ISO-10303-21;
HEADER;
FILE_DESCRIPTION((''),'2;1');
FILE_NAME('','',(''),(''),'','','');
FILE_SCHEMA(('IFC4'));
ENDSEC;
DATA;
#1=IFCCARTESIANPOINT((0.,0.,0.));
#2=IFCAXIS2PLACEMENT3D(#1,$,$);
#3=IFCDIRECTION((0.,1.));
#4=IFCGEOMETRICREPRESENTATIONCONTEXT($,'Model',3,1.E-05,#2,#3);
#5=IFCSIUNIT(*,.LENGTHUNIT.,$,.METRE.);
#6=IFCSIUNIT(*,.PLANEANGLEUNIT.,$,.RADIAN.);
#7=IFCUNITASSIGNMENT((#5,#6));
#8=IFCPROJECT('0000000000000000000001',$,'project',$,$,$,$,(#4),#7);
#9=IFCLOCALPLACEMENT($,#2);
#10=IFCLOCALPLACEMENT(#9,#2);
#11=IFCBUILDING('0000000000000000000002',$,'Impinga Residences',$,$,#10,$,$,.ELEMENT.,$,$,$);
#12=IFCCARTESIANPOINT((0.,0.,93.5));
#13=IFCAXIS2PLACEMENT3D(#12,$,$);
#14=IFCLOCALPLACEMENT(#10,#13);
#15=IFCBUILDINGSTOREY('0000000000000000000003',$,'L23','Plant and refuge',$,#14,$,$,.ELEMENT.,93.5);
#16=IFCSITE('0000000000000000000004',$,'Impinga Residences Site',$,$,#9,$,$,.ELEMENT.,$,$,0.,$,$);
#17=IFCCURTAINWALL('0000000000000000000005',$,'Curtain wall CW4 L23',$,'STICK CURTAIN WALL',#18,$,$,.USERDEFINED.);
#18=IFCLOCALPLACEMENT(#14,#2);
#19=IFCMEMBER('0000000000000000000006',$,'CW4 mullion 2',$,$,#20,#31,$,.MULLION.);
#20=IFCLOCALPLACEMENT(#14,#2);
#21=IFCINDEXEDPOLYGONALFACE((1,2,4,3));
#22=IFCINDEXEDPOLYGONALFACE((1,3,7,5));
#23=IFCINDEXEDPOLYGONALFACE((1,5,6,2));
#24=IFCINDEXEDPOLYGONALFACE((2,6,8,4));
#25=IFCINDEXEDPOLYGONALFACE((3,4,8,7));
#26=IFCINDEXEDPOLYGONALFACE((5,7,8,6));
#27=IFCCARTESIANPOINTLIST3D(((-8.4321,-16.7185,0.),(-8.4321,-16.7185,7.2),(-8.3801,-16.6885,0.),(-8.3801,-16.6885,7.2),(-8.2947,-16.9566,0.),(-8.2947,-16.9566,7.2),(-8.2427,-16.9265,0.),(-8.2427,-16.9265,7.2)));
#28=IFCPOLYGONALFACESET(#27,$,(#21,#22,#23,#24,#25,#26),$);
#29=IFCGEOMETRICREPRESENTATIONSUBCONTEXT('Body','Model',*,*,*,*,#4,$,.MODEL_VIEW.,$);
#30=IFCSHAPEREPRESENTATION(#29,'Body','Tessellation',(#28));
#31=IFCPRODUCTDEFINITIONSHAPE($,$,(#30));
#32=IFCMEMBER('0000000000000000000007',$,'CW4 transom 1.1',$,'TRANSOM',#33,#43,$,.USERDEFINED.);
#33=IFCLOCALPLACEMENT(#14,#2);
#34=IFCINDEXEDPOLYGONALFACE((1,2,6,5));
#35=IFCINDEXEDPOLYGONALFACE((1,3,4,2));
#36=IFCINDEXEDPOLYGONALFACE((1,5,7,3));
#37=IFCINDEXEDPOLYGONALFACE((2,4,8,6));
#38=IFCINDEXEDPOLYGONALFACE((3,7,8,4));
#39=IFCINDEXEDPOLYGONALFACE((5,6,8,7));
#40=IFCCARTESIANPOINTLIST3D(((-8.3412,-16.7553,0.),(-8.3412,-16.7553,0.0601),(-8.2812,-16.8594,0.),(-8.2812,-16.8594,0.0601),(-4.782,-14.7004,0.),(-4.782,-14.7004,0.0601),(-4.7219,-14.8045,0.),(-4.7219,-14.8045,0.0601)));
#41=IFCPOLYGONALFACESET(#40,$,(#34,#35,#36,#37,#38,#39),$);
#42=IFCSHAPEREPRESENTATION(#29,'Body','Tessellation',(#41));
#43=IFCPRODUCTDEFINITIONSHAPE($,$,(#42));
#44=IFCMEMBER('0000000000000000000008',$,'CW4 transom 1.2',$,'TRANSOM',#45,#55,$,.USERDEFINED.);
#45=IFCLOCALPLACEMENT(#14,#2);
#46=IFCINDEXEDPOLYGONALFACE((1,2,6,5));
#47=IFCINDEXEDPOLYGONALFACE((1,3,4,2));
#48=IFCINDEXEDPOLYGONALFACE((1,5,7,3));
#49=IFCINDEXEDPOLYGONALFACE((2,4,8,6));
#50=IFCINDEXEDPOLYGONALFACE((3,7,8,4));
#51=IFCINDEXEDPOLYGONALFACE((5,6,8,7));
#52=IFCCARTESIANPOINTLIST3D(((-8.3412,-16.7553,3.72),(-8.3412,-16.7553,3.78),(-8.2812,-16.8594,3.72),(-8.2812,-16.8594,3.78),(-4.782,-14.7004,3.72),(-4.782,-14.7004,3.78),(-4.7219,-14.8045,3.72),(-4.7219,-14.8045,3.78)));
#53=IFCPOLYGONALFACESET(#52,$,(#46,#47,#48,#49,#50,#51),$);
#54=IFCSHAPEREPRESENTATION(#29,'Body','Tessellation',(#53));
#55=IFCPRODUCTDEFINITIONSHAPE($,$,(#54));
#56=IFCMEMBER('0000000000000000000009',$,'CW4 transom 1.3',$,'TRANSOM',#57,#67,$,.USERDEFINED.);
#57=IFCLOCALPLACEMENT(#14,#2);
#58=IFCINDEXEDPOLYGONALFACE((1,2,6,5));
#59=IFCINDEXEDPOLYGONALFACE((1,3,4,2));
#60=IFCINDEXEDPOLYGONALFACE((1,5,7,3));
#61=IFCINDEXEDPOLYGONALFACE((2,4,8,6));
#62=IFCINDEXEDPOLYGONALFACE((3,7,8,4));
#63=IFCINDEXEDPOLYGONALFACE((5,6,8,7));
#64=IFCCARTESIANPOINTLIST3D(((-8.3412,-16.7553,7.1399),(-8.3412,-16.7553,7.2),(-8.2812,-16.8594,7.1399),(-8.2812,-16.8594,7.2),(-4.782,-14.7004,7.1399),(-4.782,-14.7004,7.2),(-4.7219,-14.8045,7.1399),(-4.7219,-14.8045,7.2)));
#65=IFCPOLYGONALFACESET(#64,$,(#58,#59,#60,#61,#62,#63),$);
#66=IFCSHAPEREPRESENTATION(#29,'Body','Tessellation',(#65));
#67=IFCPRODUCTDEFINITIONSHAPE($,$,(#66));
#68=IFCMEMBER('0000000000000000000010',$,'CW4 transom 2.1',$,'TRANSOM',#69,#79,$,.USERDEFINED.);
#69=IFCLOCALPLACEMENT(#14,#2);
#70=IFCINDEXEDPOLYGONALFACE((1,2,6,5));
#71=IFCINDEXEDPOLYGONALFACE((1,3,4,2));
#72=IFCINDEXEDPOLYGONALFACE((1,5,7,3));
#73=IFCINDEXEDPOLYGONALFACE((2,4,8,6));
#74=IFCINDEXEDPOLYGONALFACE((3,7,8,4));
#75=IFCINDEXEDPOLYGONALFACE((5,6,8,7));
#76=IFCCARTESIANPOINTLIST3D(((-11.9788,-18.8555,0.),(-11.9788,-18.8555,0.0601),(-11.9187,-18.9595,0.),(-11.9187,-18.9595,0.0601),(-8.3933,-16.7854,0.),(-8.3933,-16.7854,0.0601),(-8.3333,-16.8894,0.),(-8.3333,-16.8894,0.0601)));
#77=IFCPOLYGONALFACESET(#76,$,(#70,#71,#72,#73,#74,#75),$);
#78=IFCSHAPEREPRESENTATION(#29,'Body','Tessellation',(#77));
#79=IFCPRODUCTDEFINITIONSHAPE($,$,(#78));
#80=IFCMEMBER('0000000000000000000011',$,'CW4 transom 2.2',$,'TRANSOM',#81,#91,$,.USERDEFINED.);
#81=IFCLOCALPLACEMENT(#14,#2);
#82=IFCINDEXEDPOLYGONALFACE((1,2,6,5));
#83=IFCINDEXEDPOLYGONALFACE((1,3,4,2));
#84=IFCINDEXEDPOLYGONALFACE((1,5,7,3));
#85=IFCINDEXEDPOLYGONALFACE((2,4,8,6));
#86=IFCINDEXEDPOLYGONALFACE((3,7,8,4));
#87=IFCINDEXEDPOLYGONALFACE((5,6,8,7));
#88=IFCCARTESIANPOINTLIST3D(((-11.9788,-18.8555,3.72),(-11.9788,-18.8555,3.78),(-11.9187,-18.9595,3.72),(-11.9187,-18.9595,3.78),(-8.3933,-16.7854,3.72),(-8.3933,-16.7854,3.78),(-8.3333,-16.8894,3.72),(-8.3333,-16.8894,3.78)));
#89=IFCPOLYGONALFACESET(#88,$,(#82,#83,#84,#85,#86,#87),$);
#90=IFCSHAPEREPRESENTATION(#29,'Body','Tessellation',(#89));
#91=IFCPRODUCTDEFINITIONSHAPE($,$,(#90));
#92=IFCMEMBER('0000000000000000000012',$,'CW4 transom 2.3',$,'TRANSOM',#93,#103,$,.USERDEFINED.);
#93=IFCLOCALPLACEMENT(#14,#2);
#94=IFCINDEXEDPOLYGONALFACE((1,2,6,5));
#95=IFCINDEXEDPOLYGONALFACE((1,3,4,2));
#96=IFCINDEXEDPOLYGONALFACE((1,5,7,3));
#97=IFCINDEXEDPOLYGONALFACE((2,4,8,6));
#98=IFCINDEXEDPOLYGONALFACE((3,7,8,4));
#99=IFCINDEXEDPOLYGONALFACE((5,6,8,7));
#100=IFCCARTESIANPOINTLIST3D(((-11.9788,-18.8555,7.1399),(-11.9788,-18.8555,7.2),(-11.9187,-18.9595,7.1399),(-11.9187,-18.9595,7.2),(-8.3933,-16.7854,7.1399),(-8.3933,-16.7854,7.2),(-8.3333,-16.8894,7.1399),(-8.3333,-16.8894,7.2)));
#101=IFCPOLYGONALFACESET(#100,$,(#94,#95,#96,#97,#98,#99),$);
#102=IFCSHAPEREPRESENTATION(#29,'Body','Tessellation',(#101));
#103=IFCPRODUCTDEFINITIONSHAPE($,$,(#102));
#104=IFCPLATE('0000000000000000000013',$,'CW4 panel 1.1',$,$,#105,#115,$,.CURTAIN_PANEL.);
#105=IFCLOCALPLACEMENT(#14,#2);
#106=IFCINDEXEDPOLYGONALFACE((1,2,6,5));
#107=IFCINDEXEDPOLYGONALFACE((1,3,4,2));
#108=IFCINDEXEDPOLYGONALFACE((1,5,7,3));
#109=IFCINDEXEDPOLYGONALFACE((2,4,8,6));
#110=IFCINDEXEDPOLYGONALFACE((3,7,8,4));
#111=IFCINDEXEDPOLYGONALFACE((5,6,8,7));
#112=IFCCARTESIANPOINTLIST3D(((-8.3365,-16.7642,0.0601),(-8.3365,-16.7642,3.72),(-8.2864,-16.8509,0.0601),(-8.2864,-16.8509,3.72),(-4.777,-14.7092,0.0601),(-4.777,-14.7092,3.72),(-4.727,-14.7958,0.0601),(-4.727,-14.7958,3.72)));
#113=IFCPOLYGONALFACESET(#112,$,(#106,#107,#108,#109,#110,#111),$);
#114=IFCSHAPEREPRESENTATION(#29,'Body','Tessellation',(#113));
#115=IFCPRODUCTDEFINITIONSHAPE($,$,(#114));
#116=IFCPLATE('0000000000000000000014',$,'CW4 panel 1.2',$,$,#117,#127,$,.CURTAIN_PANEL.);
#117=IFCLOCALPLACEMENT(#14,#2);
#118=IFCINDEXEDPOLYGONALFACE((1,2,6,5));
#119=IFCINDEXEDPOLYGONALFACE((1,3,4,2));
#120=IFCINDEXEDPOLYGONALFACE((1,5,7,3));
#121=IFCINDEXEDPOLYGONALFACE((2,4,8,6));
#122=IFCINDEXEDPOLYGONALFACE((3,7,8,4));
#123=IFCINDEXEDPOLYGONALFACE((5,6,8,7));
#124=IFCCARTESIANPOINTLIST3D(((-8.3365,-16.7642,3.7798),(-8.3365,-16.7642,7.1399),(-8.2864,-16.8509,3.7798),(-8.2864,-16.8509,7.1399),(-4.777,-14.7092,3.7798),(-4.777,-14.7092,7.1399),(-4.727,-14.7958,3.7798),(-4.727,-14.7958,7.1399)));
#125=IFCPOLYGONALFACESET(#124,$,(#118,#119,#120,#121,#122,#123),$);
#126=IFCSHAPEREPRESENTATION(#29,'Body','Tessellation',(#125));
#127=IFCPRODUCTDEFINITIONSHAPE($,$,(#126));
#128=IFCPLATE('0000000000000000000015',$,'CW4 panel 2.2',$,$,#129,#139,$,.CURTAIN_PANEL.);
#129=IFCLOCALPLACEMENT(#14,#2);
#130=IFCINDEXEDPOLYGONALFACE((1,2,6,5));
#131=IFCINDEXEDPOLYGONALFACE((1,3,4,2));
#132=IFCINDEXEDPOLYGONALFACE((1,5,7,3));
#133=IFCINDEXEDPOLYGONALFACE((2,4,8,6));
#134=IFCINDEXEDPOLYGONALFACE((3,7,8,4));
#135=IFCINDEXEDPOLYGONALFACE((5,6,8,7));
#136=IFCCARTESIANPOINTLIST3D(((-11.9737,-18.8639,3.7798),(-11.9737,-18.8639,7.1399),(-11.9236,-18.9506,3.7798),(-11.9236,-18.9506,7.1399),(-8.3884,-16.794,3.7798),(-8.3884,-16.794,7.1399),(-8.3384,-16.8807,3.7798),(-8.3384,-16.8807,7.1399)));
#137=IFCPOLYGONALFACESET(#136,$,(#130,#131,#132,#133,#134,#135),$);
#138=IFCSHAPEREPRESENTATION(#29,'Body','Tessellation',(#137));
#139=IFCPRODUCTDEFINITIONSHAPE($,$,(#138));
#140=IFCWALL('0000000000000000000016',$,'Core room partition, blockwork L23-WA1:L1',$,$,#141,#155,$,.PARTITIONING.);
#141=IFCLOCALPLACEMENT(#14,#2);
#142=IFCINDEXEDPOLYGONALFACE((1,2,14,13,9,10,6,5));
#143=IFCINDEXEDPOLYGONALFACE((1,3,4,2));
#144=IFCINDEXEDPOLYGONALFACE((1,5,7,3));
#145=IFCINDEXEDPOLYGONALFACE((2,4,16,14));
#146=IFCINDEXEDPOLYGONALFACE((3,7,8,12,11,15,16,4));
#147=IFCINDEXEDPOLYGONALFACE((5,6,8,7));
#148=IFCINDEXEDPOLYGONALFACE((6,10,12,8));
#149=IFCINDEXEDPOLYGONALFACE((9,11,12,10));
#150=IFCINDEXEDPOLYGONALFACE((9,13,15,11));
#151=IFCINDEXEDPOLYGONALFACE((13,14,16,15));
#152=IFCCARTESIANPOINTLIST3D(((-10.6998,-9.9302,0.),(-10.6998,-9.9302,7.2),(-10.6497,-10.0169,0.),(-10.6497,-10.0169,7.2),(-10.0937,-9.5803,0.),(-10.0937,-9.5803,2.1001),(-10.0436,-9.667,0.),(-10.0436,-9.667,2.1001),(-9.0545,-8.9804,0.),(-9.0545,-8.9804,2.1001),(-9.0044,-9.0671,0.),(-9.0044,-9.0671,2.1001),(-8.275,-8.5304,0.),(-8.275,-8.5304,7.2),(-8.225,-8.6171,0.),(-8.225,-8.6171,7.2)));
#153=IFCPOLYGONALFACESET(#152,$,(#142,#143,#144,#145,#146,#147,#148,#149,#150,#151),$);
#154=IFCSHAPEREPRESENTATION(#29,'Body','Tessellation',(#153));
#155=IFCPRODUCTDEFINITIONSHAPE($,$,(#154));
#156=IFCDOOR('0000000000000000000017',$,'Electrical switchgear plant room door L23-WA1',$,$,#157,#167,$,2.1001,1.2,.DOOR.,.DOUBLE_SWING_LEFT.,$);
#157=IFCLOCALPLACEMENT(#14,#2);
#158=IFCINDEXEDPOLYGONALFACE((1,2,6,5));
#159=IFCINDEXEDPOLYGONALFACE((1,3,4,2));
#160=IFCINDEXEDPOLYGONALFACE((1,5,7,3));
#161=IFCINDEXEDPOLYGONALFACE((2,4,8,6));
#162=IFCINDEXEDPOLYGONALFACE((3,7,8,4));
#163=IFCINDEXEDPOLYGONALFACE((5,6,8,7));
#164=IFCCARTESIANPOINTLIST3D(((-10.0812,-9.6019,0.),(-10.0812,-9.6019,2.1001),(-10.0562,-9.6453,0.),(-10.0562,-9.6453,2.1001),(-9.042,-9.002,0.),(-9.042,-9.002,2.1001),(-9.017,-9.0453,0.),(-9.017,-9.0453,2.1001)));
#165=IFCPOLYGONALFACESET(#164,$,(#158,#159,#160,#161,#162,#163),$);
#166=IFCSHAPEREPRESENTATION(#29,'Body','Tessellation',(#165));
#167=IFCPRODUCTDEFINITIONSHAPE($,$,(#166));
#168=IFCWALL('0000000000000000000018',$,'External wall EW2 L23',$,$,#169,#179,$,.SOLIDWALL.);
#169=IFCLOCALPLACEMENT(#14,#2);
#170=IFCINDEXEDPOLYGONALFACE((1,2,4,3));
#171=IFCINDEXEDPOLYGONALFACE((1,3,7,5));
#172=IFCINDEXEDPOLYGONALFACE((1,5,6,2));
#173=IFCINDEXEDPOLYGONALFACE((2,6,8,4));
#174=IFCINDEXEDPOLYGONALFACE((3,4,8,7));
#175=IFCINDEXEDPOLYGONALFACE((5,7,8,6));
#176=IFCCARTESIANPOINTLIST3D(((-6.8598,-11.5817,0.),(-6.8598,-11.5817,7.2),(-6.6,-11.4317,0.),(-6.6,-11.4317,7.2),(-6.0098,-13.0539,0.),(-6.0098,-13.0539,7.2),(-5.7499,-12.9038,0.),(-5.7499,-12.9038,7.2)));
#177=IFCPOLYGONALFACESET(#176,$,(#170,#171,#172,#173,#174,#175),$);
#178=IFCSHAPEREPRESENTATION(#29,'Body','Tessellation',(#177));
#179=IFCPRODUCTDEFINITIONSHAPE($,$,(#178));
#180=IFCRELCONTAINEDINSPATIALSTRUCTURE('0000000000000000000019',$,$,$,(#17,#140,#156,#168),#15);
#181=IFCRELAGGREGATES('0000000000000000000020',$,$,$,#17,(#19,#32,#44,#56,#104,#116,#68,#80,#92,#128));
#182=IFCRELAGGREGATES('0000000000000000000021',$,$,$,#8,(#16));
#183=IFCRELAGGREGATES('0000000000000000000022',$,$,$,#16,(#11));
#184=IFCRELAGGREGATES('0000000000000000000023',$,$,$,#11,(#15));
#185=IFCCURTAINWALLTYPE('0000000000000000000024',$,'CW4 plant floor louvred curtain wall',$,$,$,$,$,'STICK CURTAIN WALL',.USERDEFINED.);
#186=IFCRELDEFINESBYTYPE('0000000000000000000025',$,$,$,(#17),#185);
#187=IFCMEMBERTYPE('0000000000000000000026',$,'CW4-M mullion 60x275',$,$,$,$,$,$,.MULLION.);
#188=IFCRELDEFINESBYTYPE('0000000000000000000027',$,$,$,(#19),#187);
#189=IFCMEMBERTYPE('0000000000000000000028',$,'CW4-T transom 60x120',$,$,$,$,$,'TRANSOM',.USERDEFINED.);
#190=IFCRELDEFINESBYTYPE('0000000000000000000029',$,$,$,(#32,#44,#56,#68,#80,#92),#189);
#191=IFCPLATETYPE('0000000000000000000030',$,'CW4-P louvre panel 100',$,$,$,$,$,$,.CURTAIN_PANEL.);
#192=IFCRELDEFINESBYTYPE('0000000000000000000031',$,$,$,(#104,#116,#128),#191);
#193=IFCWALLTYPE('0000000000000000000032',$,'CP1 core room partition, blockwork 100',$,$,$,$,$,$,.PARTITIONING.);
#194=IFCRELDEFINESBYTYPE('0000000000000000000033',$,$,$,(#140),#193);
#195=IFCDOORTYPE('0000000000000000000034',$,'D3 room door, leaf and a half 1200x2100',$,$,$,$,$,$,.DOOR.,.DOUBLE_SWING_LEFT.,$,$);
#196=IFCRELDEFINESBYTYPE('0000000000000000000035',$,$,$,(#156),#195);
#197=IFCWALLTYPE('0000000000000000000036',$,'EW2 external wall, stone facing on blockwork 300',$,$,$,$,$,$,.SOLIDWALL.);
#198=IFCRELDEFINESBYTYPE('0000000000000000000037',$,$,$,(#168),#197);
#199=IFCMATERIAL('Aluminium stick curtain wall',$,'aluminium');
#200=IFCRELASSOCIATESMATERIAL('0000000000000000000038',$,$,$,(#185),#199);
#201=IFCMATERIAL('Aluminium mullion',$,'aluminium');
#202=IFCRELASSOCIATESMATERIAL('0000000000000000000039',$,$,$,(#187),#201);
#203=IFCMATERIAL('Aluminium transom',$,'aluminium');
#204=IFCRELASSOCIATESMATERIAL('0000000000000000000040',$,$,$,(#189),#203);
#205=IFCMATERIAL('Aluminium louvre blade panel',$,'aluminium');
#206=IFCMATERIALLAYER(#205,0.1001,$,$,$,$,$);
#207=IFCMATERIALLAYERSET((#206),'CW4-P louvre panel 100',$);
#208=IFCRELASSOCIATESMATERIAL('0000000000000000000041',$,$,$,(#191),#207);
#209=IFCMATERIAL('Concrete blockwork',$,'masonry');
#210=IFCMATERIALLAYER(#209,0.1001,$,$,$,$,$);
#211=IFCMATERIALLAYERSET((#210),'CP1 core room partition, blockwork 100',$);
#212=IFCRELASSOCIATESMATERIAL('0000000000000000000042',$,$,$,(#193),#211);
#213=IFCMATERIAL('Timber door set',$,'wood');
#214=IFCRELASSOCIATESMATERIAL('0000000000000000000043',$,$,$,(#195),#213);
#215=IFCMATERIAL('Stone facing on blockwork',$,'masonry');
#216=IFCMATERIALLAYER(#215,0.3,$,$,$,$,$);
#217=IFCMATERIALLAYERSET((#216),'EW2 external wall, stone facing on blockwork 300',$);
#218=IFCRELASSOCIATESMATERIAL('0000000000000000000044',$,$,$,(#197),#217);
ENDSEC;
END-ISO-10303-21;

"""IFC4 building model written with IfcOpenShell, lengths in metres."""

from ifc_helpers import new_model, si_unit, direction, frame, frame_2d, origin, origin_2d, place, context, subcontext, project, spatial, rectangle, extrude, material, layer, layer_set, material_profile, profile_set, type_object, element, fill, aggregate, save


model = new_model("IFC4")

# Units and contexts
model_context = context("Model", 3, precision=1e-05, world=origin(), true_north=direction((0.0, 1.0)))
body_context = subcontext(model_context, "Body", "Model", "MODEL_VIEW")
ifc_project = project(units=[si_unit("LENGTHUNIT", "METRE"), si_unit("PLANEANGLEUNIT", "RADIAN")], contexts=[model_context])

# Site, building, storey
site_placement = place(None, origin())
site = spatial("IfcSite", under=ifc_project, at=site_placement, Name="Impinga Residences Site", CompositionType="ELEMENT", RefElevation=0.0)
building_placement = place(site_placement, origin())
building = spatial("IfcBuilding", under=site, at=building_placement, Name="Impinga Residences", CompositionType="ELEMENT")
storey_placement = place(building_placement, frame((0.0, 0.0, 93.5)))
storey = spatial("IfcBuildingStorey", under=building, at=storey_placement, Name="L23", Description="Plant and refuge", CompositionType="ELEMENT", Elevation=93.5)

# Curtain wall, members, plates
ifc_material_1 = material(Name="Aluminium stick curtain wall", Category="aluminium")
curtain_wall_type = type_object("IfcCurtainWallType", Name="CW4 plant floor louvred curtain wall", ElementType="STICK CURTAIN WALL", PredefinedType="USERDEFINED", material=ifc_material_1)
curtain_wall_placement = place(storey_placement, origin())
curtain_wall = element("IfcCurtainWall", 1, at=curtain_wall_placement, inside=storey, type_object=curtain_wall_type, Name="Curtain wall CW4 L23", ObjectType="STICK CURTAIN WALL", PredefinedType="USERDEFINED")
ifc_material_2 = material(Name="Aluminium mullion", Category="aluminium")
ifc_material_profile_1 = material_profile(ifc_material_2, rectangle(XDim=0.0601, YDim=0.2749, at=origin_2d()), Name="60x275 mullion")
ifc_profile_set_1 = profile_set([ifc_material_profile_1], Name="Aluminium mullion")
member_type_1 = type_object("IfcMemberType", Name="CW4-M mullion 60x275", PredefinedType="MULLION", material=ifc_profile_set_1)
member_1_placement = place(storey_placement, frame((-8.3374, -16.8225, 0.0), z_axis=(0.0, 0.0, 1.0), x_axis=(-0.866025, -0.5, 0.0)))
member_1 = element("IfcMember", 2, at=member_1_placement, type_object=member_type_1, Name="CW4 mullion 2", PredefinedType="MULLION", context=body_context, shape_type="SweptSolid", body=[
    extrude(rectangle(XDim=0.0601, YDim=0.2749, at=origin_2d()), origin(), (0.0, 0.0, 1.0), 7.2),
])
ifc_material_3 = material(Name="Aluminium transom", Category="aluminium")
ifc_material_profile_2 = material_profile(ifc_material_3, rectangle(XDim=0.0601, YDim=0.1201, at=origin_2d()), Name="60x120 transom")
ifc_profile_set_2 = profile_set([ifc_material_profile_2], Name="Aluminium transom")
member_type_2 = type_object("IfcMemberType", Name="CW4-T transom 60x120", ElementType="TRANSOM", PredefinedType="USERDEFINED", material=ifc_profile_set_2)
member_2_placement = place(storey_placement, frame((-4.752, -14.7524, 0.03), z_axis=(-0.86603, -0.499992, 0.0), x_axis=(0.0, 0.0, 1.0)))
member_2 = element("IfcMember", 3, at=member_2_placement, type_object=member_type_2, Name="CW4 transom 1.1", ObjectType="TRANSOM", PredefinedType="USERDEFINED", context=body_context, shape_type="SweptSolid", body=[
    extrude(rectangle(XDim=0.0601, YDim=0.1201, at=origin_2d()), origin(), (0.0, 0.0, 1.0), 4.1099),
])
member_3_placement = place(storey_placement, frame((-4.752, -14.7524, 3.75), z_axis=(-0.86603, -0.499992, 0.0), x_axis=(0.0, 0.0, 1.0)))
member_3 = element("IfcMember", 4, at=member_3_placement, type_object=member_type_2, Name="CW4 transom 1.2", ObjectType="TRANSOM", PredefinedType="USERDEFINED", context=body_context, shape_type="SweptSolid", body=[
    extrude(rectangle(XDim=0.0601, YDim=0.1201, at=origin_2d()), origin(), (0.0, 0.0, 1.0), 4.1099),
])
member_4_placement = place(storey_placement, frame((-4.752, -14.7524, 7.1699), z_axis=(-0.86603, -0.499992, 0.0), x_axis=(0.0, 0.0, 1.0)))
member_4 = element("IfcMember", 5, at=member_4_placement, type_object=member_type_2, Name="CW4 transom 1.3", ObjectType="TRANSOM", PredefinedType="USERDEFINED", context=body_context, shape_type="SweptSolid", body=[
    extrude(rectangle(XDim=0.0601, YDim=0.1201, at=origin_2d()), origin(), (0.0, 0.0, 1.0), 4.1099),
])
member_5_placement = place(storey_placement, frame((-8.3633, -16.8374, 0.03), z_axis=(-0.866025, -0.500002, 0.0), x_axis=(0.0, 0.0, 1.0)))
member_5 = element("IfcMember", 6, at=member_5_placement, type_object=member_type_2, Name="CW4 transom 2.1", ObjectType="TRANSOM", PredefinedType="USERDEFINED", context=body_context, shape_type="SweptSolid", body=[
    extrude(rectangle(XDim=0.0601, YDim=0.1201, at=origin_2d()), origin(), (0.0, 0.0, 1.0), 4.1401),
])
member_6_placement = place(storey_placement, frame((-8.3633, -16.8374, 3.75), z_axis=(-0.866025, -0.500002, 0.0), x_axis=(0.0, 0.0, 1.0)))
member_6 = element("IfcMember", 7, at=member_6_placement, type_object=member_type_2, Name="CW4 transom 2.2", ObjectType="TRANSOM", PredefinedType="USERDEFINED", context=body_context, shape_type="SweptSolid", body=[
    extrude(rectangle(XDim=0.0601, YDim=0.1201, at=origin_2d()), origin(), (0.0, 0.0, 1.0), 4.1401),
])
member_7_placement = place(storey_placement, frame((-8.3633, -16.8374, 7.1699), z_axis=(-0.866025, -0.500002, 0.0), x_axis=(0.0, 0.0, 1.0)))
member_7 = element("IfcMember", 8, at=member_7_placement, type_object=member_type_2, Name="CW4 transom 2.3", ObjectType="TRANSOM", PredefinedType="USERDEFINED", context=body_context, shape_type="SweptSolid", body=[
    extrude(rectangle(XDim=0.0601, YDim=0.1201, at=origin_2d()), origin(), (0.0, 0.0, 1.0), 4.1401),
])
ifc_material_4 = material(Name="Aluminium louvre blade panel", Category="aluminium")
ifc_layer_1 = layer(ifc_material_4, 0.1001)
ifc_layer_set_1 = layer_set([ifc_layer_1], Name="CW4-P louvre panel 100")
plate_type = type_object("IfcPlateType", Name="CW4-P louvre panel 100", PredefinedType="CURTAIN_PANEL", material=ifc_layer_set_1)
plate_1_placement = place(storey_placement, frame((-6.5317, -15.78, 0.0601), z_axis=(0.0, 0.0, 1.0), x_axis=(-0.866025, -0.5, 0.0)))
plate_1 = element("IfcPlate", 9, at=plate_1_placement, type_object=plate_type, Name="CW4 panel 1.1", PredefinedType="CURTAIN_PANEL", context=body_context, shape_type="SweptSolid", body=[
    extrude(rectangle(XDim=4.1101, YDim=0.1001, at=origin_2d()), origin(), (0.0, 0.0, 1.0), 3.6599),
])
plate_2_placement = place(storey_placement, frame((-6.5317, -15.78, 3.7798), z_axis=(0.0, 0.0, 1.0), x_axis=(-0.866025, -0.5, 0.0)))
plate_2 = element("IfcPlate", 10, at=plate_2_placement, type_object=plate_type, Name="CW4 panel 1.2", PredefinedType="CURTAIN_PANEL", context=body_context, shape_type="SweptSolid", body=[
    extrude(rectangle(XDim=4.1101, YDim=0.1001, at=origin_2d()), origin(), (0.0, 0.0, 1.0), 3.3601),
])
plate_3_placement = place(storey_placement, frame((-10.156, -17.8723, 3.7798), z_axis=(0.0, 0.0, 1.0), x_axis=(-0.866025, -0.5, 0.0)))
plate_3 = element("IfcPlate", 11, at=plate_3_placement, type_object=plate_type, Name="CW4 panel 2.2", PredefinedType="CURTAIN_PANEL", context=body_context, shape_type="SweptSolid", body=[
    extrude(rectangle(XDim=4.1399, YDim=0.1001, at=origin_2d()), origin(), (0.0, 0.0, 1.0), 3.3601),
])
aggregate(curtain_wall, [member_1, member_2, member_3, member_4, plate_1, plate_2, member_5, member_6, member_7, plate_3])

# Wall, opening, door
ifc_material_5 = material(Name="Concrete blockwork", Category="masonry")
ifc_layer_2 = layer(ifc_material_5, 0.1001)
ifc_layer_set_2 = layer_set([ifc_layer_2], Name="CP1 core room partition, blockwork 100")
wall_type_1 = type_object("IfcWallType", Name="CP1 core room partition, blockwork 100", PredefinedType="PARTITIONING", material=ifc_layer_set_2)
wall_1_placement = place(storey_placement, frame((-8.25, -8.5737, 0.0), z_axis=(0.0, 0.0, 1.0), x_axis=(-0.866035, -0.499984, 0.0)))
wall_1 = element("IfcWall", 12, at=wall_1_placement, inside=storey, type_object=wall_type_1, Name="Core room partition, blockwork L23-WA1:L1", PredefinedType="PARTITIONING", context=body_context, shape_type="SweptSolid", body=[
    extrude(rectangle(XDim=2.7998, YDim=0.1001, at=frame_2d((1.3999, 0.0))), origin(), (0.0, 0.0, 1.0), 7.2),
])
opening_1_placement = place(wall_1_placement, frame((0.8999, 0.0, 0.0)))
opening_1 = element("IfcOpeningElement", 13, at=opening_1_placement, cuts=wall_1, PredefinedType="OPENING", context=body_context, shape_type="SweptSolid", body=[
    extrude(rectangle(XDim=1.2, YDim=2.1001, at=frame_2d((0.6001, 1.05))), frame((0.0, 0.0601, 0.0), z_axis=(0.0, -1.0, 0.0), x_axis=(1.0, 0.0, 0.0)), (0.0, 0.0, 1.0), 0.1201),
])
ifc_material_6 = material(Name="Timber door set", Category="wood")
door_type_1 = type_object("IfcDoorType", Name="D3 room door, leaf and a half 1200x2100", OperationType="DOUBLE_SWING_LEFT", PredefinedType="DOOR", material=ifc_material_6)
door_1_placement = place(opening_1_placement, origin())
door_1 = element("IfcDoor", 14, at=door_1_placement, inside=storey, type_object=door_type_1, Name="Electrical switchgear plant room door L23-WA1", OperationType="DOUBLE_SWING_LEFT", OverallHeight=2.1001, OverallWidth=1.2, PredefinedType="DOOR", context=body_context, shape_type="SweptSolid", body=[
    extrude(rectangle(XDim=1.2, YDim=2.1001, at=frame_2d((0.6001, 1.05))), frame((0.0, 0.0249, 0.0), z_axis=(0.0, -1.0, 0.0), x_axis=(1.0, 0.0, 0.0)), (0.0, 0.0, 1.0), 0.05),
])
fill(opening_1, door_1)

# Wall
ifc_material_7 = material(Name="Stone facing on blockwork", Category="masonry")
ifc_layer_3 = layer(ifc_material_7, 0.3)
ifc_layer_set_3 = layer_set([ifc_layer_3], Name="EW2 external wall, stone facing on blockwork 300")
wall_type_2 = type_object("IfcWallType", Name="EW2 external wall, stone facing on blockwork 300", PredefinedType="SOLIDWALL", material=ifc_layer_set_3)
wall_2_placement = place(storey_placement, frame((-6.73, -11.5066, 0.0), z_axis=(0.0, 0.0, 1.0), x_axis=(0.500062, -0.865989, 0.0)))
element("IfcWall", 15, at=wall_2_placement, inside=storey, type_object=wall_type_2, Name="External wall EW2 L23", PredefinedType="SOLIDWALL", context=body_context, shape_type="SweptSolid", body=[
    extrude(rectangle(XDim=1.7, YDim=0.3, at=frame_2d((0.8501, 0.0))), origin(), (0.0, 0.0, 1.0), 7.2),
])

save(model, "model.ifc")
